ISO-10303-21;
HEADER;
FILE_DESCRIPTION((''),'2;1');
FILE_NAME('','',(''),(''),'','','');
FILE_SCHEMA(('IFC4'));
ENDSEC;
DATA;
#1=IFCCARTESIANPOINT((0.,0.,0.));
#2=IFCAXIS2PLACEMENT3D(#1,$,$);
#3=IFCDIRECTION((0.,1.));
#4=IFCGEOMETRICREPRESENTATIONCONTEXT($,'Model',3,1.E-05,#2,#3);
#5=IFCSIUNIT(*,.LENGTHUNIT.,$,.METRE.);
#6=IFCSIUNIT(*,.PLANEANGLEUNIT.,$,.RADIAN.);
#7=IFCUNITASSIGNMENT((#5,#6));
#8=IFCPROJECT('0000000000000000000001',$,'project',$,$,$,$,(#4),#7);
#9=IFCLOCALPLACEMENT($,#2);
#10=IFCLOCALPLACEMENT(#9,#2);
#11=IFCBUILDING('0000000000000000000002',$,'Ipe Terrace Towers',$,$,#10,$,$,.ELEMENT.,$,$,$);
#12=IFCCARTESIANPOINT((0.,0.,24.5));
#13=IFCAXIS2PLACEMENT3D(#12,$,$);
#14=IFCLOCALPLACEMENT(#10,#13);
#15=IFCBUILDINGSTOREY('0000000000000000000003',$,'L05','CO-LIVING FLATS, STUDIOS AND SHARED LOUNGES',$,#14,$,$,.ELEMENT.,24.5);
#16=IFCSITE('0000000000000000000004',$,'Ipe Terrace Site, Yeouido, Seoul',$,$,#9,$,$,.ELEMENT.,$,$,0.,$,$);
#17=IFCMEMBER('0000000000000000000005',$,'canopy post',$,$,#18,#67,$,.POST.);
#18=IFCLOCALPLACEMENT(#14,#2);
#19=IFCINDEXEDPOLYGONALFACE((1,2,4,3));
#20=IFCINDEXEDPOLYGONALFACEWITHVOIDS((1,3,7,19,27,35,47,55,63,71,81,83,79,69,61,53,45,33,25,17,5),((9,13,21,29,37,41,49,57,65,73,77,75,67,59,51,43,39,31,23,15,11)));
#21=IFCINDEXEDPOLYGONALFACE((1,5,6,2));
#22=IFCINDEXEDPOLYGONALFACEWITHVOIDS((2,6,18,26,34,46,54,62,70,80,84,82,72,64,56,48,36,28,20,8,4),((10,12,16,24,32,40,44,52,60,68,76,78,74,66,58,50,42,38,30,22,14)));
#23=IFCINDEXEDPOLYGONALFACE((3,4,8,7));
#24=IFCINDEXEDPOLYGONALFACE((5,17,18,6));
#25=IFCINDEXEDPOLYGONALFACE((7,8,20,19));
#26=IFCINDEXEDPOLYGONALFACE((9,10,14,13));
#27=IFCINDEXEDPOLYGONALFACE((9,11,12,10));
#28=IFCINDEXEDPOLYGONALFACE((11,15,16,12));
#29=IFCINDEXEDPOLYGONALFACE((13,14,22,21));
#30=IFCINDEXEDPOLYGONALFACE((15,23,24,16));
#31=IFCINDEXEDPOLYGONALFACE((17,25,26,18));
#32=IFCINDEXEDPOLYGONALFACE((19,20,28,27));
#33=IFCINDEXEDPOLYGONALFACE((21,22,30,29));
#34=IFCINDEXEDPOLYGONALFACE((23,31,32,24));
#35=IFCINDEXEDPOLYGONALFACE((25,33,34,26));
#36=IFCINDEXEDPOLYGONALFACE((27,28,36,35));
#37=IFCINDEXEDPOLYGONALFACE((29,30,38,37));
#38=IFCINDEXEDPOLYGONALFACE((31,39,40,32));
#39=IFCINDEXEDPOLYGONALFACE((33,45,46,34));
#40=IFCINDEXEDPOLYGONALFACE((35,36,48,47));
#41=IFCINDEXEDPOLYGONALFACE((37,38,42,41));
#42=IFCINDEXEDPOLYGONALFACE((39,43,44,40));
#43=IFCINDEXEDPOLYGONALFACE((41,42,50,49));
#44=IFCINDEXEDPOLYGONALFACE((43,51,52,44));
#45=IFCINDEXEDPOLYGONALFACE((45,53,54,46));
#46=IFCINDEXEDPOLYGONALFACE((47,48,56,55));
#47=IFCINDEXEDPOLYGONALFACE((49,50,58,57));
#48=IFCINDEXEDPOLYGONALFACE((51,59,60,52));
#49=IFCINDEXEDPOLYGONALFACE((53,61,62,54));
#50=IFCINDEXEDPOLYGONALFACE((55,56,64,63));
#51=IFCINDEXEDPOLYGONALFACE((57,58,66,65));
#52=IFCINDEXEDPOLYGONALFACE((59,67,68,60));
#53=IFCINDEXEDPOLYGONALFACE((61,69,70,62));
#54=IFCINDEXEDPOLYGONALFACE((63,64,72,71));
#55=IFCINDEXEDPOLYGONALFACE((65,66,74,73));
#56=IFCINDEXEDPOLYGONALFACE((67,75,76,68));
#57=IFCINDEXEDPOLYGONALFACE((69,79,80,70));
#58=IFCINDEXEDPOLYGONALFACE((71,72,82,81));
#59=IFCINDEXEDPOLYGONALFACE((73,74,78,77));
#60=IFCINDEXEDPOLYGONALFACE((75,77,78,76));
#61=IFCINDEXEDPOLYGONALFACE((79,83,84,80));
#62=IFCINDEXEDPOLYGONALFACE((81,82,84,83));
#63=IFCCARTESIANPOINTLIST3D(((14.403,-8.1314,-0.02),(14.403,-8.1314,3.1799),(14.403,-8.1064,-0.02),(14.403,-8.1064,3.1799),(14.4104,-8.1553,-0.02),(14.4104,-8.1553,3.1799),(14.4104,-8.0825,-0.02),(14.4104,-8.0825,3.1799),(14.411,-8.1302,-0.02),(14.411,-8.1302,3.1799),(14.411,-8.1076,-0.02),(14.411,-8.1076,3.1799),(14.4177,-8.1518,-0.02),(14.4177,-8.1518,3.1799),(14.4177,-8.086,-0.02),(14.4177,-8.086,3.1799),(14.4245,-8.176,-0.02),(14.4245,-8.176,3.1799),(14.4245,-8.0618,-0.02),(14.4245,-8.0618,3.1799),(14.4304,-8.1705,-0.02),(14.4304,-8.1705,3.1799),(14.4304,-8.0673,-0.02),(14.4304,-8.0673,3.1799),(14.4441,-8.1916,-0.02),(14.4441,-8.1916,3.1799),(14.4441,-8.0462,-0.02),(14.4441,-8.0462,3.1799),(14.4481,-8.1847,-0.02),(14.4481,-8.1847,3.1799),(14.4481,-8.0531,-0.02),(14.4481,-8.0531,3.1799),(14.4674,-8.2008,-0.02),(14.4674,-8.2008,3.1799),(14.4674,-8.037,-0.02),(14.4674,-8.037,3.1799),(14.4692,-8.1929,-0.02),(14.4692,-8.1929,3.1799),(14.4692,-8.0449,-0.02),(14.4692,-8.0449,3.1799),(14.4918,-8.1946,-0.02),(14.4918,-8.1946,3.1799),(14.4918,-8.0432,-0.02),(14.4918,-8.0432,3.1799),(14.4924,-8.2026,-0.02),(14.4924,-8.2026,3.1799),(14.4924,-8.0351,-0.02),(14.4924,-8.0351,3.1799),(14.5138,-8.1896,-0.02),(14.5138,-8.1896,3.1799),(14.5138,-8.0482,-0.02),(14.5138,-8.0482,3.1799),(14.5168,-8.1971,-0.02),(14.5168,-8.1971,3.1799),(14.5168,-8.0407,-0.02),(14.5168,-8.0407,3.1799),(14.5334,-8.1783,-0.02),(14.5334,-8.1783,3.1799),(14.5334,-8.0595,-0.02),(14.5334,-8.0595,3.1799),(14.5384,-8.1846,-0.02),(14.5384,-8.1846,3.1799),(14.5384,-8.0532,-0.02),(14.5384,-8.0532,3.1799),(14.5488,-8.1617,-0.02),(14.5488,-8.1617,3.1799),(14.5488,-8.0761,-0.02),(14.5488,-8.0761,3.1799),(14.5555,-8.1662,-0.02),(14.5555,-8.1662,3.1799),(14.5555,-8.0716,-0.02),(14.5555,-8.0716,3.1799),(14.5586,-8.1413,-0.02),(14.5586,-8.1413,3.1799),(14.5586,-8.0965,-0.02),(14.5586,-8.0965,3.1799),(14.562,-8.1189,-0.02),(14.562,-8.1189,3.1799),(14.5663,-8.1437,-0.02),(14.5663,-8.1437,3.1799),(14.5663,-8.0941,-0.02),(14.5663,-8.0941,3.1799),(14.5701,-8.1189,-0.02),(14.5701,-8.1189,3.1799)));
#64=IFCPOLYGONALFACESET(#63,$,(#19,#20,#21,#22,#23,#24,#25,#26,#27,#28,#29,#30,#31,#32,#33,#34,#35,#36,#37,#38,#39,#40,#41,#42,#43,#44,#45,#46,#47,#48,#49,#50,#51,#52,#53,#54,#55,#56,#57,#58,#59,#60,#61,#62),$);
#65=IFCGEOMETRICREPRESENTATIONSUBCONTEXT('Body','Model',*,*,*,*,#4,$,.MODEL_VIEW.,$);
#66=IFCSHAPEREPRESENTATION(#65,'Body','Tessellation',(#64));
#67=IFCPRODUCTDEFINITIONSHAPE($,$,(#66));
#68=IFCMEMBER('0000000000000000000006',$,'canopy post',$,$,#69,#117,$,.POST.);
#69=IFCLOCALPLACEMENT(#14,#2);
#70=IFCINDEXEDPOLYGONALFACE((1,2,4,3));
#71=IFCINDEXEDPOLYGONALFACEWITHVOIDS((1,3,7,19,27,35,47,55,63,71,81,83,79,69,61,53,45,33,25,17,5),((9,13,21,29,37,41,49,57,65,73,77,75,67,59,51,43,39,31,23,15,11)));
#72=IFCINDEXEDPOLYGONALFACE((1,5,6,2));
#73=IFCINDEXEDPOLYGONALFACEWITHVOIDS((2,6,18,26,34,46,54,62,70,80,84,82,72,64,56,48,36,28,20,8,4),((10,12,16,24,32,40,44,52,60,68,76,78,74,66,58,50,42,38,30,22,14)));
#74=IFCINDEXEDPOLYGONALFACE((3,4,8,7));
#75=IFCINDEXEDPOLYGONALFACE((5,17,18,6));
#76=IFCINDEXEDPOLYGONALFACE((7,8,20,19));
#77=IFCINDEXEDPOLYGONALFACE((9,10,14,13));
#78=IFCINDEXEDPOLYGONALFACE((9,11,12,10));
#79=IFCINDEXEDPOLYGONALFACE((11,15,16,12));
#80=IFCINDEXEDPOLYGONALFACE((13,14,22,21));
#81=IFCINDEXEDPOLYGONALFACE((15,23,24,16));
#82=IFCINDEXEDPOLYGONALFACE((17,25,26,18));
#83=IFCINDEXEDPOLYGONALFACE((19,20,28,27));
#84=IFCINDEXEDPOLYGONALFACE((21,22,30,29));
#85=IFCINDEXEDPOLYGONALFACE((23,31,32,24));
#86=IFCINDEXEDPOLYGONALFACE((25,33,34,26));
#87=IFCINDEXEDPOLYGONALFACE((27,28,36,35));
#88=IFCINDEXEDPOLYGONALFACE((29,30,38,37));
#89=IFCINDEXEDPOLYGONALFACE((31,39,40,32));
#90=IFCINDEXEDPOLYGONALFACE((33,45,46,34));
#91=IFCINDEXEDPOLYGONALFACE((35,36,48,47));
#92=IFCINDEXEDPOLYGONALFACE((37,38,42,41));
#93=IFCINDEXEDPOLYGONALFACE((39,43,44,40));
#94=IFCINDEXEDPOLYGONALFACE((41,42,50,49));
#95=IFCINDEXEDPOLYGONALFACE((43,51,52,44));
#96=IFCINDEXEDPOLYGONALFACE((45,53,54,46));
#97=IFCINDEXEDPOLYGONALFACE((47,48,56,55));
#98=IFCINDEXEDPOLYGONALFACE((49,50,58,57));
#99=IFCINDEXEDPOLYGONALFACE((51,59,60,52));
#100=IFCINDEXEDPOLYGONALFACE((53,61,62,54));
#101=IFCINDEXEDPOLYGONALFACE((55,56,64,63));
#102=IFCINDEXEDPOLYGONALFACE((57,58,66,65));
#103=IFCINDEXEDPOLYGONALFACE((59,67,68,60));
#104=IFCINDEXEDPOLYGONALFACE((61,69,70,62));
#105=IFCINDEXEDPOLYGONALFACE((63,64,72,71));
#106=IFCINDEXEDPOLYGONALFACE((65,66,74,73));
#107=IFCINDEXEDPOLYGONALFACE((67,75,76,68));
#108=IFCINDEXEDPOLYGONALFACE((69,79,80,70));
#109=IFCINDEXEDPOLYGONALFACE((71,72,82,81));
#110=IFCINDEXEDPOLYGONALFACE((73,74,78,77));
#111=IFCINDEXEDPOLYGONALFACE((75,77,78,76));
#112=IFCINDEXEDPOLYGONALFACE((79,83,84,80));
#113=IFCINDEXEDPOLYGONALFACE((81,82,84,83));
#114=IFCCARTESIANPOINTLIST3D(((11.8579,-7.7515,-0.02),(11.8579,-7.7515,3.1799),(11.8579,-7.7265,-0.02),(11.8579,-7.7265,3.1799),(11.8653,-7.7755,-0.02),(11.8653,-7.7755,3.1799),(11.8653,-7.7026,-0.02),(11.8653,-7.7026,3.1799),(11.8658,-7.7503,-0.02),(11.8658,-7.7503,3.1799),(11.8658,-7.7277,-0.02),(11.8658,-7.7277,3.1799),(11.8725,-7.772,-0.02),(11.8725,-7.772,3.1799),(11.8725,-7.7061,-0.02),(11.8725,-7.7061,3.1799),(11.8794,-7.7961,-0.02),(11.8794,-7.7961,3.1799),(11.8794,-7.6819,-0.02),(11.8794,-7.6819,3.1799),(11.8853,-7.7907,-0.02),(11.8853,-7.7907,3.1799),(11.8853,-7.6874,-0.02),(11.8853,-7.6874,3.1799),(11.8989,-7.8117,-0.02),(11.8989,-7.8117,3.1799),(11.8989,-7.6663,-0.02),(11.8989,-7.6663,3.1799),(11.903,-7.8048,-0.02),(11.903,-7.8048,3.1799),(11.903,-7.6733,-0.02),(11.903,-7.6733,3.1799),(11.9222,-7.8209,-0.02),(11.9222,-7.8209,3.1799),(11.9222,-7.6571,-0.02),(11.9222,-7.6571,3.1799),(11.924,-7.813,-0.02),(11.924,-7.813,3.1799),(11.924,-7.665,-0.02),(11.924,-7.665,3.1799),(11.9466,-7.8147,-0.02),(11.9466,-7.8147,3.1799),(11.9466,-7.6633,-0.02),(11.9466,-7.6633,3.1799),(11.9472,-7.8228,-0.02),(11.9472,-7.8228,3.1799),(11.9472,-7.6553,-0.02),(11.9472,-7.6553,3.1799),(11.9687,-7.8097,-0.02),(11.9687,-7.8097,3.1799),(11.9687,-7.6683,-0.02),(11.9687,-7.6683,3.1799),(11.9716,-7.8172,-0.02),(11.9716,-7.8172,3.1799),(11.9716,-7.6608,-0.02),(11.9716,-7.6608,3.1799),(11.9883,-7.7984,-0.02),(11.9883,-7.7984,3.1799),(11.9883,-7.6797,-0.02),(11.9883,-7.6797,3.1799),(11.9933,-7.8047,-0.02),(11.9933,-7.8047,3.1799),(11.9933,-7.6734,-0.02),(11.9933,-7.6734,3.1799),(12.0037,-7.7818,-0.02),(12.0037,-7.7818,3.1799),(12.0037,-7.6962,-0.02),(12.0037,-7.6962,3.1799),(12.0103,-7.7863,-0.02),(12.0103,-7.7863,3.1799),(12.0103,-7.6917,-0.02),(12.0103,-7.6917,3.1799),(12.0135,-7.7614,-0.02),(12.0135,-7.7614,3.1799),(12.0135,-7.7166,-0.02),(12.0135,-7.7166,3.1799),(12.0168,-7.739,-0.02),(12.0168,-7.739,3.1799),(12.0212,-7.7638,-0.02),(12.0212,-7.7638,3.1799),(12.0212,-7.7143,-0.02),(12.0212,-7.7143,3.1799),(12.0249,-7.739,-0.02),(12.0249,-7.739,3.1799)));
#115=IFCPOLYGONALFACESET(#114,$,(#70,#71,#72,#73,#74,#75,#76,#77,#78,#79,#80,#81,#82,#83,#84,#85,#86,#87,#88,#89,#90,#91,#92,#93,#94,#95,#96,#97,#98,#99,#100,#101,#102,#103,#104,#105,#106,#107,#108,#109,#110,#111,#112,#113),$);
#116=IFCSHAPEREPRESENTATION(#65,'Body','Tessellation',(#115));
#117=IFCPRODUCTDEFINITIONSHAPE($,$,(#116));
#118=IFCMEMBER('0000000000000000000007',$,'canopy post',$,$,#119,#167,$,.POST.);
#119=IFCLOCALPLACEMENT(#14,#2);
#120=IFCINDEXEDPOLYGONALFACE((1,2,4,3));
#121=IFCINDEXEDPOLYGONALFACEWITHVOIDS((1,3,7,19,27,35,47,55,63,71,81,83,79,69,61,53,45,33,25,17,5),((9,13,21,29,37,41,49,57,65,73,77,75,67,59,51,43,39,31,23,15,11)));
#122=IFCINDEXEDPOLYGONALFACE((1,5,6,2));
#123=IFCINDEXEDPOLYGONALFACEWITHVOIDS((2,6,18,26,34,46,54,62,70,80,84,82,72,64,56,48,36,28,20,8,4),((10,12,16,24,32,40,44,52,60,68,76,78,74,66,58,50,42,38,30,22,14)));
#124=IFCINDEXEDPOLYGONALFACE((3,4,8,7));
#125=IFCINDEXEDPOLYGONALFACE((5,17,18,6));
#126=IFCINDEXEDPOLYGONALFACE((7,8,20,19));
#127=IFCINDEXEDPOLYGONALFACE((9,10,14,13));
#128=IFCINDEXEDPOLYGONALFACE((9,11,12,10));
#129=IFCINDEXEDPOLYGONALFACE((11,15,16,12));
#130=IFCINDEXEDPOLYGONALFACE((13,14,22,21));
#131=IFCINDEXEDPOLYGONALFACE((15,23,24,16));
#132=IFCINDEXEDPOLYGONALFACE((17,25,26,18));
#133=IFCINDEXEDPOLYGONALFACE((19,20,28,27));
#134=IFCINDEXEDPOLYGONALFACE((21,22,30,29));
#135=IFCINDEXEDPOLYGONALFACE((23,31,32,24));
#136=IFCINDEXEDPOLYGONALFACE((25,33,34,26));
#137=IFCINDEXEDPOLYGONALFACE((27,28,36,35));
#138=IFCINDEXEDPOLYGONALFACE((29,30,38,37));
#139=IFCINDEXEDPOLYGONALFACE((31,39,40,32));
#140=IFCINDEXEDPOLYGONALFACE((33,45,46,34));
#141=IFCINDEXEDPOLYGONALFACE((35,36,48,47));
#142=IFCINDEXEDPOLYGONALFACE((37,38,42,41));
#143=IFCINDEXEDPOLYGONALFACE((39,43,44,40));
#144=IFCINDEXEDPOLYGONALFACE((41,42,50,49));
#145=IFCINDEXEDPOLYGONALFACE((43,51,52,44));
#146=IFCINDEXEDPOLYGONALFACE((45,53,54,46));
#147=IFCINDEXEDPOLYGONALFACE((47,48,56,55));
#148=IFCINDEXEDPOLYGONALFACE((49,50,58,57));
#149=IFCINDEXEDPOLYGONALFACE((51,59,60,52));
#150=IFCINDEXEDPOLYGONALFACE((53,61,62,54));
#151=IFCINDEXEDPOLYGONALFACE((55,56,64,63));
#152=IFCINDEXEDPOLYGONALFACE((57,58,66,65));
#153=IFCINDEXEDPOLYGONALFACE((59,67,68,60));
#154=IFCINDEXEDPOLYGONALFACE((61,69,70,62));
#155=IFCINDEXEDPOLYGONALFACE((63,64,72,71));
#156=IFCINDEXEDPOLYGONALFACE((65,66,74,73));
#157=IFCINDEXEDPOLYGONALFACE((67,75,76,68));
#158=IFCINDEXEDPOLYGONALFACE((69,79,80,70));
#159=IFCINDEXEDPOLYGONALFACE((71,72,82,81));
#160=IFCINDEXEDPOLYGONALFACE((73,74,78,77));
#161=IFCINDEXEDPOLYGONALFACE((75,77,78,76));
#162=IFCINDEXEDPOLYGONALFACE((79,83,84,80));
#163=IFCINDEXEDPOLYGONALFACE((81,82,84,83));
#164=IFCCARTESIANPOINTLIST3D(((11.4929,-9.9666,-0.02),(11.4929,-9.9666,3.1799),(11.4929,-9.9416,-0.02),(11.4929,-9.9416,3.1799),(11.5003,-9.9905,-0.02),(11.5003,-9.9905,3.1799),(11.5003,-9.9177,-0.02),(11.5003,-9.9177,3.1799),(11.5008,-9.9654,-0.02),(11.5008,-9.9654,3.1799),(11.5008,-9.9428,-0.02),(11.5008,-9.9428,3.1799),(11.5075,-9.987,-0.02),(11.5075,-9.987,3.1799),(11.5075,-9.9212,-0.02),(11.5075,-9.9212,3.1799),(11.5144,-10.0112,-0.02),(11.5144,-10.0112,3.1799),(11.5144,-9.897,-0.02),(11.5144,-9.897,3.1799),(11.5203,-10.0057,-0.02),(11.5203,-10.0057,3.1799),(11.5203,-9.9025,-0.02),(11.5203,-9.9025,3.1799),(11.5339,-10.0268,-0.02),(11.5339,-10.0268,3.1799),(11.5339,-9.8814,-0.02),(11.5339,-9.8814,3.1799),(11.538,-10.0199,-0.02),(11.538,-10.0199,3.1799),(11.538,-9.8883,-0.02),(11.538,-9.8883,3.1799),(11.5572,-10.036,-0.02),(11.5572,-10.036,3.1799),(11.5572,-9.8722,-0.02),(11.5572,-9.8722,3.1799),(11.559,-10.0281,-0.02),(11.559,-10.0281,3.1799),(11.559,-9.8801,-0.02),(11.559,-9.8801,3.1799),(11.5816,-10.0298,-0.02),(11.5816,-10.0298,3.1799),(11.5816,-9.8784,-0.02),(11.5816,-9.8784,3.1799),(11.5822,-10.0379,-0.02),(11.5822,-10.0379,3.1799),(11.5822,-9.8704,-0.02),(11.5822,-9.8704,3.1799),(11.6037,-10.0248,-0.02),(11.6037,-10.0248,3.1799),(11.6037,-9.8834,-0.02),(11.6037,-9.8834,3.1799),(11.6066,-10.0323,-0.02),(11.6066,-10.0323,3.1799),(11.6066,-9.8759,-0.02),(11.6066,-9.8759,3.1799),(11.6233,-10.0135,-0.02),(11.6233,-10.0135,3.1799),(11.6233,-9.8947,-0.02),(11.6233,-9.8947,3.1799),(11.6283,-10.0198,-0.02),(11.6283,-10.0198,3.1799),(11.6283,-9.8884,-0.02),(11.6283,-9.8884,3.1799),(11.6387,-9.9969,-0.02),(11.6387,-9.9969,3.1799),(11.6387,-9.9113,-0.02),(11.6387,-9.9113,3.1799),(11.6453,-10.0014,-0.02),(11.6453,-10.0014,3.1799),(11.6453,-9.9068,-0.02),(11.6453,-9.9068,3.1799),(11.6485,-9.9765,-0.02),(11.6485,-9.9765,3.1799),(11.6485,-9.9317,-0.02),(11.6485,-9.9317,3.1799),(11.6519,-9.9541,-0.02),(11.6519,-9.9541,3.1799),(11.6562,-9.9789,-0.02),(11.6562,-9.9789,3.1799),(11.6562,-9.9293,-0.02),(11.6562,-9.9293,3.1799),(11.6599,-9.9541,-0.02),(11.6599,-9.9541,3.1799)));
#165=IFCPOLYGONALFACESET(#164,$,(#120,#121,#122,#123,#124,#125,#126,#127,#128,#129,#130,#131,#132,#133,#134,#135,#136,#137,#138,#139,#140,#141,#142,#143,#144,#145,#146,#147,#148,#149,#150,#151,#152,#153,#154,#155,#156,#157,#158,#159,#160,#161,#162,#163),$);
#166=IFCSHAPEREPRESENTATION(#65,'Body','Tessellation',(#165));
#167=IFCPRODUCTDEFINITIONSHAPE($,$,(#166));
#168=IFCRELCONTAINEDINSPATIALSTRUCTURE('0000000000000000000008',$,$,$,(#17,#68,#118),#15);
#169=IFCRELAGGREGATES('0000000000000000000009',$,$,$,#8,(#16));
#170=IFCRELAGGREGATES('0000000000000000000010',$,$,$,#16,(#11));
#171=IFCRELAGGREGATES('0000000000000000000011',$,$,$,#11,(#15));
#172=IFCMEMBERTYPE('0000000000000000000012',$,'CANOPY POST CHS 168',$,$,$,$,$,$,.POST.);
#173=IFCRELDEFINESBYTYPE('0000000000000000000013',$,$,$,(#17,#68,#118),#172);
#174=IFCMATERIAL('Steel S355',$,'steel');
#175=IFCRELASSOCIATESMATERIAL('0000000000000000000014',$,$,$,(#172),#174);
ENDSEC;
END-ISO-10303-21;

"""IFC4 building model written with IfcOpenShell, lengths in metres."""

from ifc_helpers import new_model, si_unit, direction, frame, origin, origin_2d, place, context, subcontext, project, spatial, hollow_circle, extrude, material, material_profile, profile_set, type_object, element, save


model = new_model("IFC4")

# Units and contexts
model_context = context("Model", 3, precision=1e-05, world=origin(), true_north=direction((0.0, 1.0)))
body_context = subcontext(model_context, "Body", "Model", "MODEL_VIEW")
ifc_project = project(units=[si_unit("LENGTHUNIT", "METRE"), si_unit("PLANEANGLEUNIT", "RADIAN")], contexts=[model_context])

# Site, building, storey
site_placement = place(None, origin())
site = spatial("IfcSite", under=ifc_project, at=site_placement, Name="Ipe Terrace Site, Yeouido, Seoul", CompositionType="ELEMENT", RefElevation=0.0)
building_placement = place(site_placement, origin())
building = spatial("IfcBuilding", under=site, at=building_placement, Name="Ipe Terrace Towers", CompositionType="ELEMENT")
storey_placement = place(building_placement, frame((0.0, 0.0, 24.5)))
storey = spatial("IfcBuildingStorey", under=building, at=storey_placement, Name="L05", Description="CO-LIVING FLATS, STUDIOS AND SHARED LOUNGES", CompositionType="ELEMENT", Elevation=24.5)

# Members
ifc_material_1 = material(Name="Steel S355", Category="steel")
ifc_material_profile_1 = material_profile(ifc_material_1, hollow_circle(Radius=0.084, WallThickness=0.0081, at=origin_2d()), Name="CANOPY POST CHS 168")
ifc_profile_set_1 = profile_set([ifc_material_profile_1], Name="Steel S355")
member_type_1 = type_object("IfcMemberType", Name="CANOPY POST CHS 168", PredefinedType="POST", material=ifc_profile_set_1)
for number, where, z_axis, x_axis, name in (
    (1, (14.4861, -8.1189, -0.02), (0.0, 0.0, 1.0), (1.0, 0.0, 0.0), "canopy post"),
    (2, (11.9409, -7.739, -0.02), (0.0, 0.0, 1.0), (1.0, 0.0, 0.0), "canopy post"),
    (3, (11.5759, -9.9541, -0.02), (0.0, 0.0, 1.0), (1.0, 0.0, 0.0), "canopy post"),
):
    element("IfcMember", number, at=place(storey_placement, frame(where, z_axis=z_axis, x_axis=x_axis)), inside=storey, type_object=member_type_1, Name=name, PredefinedType="POST", context=body_context, shape_type="SweptSolid", body=[
        extrude(hollow_circle(Radius=0.084, WallThickness=0.0081, at=origin_2d()), origin(), (0.0, 0.0, 1.0), 3.2),
    ])

save(model, "model.ifc")
